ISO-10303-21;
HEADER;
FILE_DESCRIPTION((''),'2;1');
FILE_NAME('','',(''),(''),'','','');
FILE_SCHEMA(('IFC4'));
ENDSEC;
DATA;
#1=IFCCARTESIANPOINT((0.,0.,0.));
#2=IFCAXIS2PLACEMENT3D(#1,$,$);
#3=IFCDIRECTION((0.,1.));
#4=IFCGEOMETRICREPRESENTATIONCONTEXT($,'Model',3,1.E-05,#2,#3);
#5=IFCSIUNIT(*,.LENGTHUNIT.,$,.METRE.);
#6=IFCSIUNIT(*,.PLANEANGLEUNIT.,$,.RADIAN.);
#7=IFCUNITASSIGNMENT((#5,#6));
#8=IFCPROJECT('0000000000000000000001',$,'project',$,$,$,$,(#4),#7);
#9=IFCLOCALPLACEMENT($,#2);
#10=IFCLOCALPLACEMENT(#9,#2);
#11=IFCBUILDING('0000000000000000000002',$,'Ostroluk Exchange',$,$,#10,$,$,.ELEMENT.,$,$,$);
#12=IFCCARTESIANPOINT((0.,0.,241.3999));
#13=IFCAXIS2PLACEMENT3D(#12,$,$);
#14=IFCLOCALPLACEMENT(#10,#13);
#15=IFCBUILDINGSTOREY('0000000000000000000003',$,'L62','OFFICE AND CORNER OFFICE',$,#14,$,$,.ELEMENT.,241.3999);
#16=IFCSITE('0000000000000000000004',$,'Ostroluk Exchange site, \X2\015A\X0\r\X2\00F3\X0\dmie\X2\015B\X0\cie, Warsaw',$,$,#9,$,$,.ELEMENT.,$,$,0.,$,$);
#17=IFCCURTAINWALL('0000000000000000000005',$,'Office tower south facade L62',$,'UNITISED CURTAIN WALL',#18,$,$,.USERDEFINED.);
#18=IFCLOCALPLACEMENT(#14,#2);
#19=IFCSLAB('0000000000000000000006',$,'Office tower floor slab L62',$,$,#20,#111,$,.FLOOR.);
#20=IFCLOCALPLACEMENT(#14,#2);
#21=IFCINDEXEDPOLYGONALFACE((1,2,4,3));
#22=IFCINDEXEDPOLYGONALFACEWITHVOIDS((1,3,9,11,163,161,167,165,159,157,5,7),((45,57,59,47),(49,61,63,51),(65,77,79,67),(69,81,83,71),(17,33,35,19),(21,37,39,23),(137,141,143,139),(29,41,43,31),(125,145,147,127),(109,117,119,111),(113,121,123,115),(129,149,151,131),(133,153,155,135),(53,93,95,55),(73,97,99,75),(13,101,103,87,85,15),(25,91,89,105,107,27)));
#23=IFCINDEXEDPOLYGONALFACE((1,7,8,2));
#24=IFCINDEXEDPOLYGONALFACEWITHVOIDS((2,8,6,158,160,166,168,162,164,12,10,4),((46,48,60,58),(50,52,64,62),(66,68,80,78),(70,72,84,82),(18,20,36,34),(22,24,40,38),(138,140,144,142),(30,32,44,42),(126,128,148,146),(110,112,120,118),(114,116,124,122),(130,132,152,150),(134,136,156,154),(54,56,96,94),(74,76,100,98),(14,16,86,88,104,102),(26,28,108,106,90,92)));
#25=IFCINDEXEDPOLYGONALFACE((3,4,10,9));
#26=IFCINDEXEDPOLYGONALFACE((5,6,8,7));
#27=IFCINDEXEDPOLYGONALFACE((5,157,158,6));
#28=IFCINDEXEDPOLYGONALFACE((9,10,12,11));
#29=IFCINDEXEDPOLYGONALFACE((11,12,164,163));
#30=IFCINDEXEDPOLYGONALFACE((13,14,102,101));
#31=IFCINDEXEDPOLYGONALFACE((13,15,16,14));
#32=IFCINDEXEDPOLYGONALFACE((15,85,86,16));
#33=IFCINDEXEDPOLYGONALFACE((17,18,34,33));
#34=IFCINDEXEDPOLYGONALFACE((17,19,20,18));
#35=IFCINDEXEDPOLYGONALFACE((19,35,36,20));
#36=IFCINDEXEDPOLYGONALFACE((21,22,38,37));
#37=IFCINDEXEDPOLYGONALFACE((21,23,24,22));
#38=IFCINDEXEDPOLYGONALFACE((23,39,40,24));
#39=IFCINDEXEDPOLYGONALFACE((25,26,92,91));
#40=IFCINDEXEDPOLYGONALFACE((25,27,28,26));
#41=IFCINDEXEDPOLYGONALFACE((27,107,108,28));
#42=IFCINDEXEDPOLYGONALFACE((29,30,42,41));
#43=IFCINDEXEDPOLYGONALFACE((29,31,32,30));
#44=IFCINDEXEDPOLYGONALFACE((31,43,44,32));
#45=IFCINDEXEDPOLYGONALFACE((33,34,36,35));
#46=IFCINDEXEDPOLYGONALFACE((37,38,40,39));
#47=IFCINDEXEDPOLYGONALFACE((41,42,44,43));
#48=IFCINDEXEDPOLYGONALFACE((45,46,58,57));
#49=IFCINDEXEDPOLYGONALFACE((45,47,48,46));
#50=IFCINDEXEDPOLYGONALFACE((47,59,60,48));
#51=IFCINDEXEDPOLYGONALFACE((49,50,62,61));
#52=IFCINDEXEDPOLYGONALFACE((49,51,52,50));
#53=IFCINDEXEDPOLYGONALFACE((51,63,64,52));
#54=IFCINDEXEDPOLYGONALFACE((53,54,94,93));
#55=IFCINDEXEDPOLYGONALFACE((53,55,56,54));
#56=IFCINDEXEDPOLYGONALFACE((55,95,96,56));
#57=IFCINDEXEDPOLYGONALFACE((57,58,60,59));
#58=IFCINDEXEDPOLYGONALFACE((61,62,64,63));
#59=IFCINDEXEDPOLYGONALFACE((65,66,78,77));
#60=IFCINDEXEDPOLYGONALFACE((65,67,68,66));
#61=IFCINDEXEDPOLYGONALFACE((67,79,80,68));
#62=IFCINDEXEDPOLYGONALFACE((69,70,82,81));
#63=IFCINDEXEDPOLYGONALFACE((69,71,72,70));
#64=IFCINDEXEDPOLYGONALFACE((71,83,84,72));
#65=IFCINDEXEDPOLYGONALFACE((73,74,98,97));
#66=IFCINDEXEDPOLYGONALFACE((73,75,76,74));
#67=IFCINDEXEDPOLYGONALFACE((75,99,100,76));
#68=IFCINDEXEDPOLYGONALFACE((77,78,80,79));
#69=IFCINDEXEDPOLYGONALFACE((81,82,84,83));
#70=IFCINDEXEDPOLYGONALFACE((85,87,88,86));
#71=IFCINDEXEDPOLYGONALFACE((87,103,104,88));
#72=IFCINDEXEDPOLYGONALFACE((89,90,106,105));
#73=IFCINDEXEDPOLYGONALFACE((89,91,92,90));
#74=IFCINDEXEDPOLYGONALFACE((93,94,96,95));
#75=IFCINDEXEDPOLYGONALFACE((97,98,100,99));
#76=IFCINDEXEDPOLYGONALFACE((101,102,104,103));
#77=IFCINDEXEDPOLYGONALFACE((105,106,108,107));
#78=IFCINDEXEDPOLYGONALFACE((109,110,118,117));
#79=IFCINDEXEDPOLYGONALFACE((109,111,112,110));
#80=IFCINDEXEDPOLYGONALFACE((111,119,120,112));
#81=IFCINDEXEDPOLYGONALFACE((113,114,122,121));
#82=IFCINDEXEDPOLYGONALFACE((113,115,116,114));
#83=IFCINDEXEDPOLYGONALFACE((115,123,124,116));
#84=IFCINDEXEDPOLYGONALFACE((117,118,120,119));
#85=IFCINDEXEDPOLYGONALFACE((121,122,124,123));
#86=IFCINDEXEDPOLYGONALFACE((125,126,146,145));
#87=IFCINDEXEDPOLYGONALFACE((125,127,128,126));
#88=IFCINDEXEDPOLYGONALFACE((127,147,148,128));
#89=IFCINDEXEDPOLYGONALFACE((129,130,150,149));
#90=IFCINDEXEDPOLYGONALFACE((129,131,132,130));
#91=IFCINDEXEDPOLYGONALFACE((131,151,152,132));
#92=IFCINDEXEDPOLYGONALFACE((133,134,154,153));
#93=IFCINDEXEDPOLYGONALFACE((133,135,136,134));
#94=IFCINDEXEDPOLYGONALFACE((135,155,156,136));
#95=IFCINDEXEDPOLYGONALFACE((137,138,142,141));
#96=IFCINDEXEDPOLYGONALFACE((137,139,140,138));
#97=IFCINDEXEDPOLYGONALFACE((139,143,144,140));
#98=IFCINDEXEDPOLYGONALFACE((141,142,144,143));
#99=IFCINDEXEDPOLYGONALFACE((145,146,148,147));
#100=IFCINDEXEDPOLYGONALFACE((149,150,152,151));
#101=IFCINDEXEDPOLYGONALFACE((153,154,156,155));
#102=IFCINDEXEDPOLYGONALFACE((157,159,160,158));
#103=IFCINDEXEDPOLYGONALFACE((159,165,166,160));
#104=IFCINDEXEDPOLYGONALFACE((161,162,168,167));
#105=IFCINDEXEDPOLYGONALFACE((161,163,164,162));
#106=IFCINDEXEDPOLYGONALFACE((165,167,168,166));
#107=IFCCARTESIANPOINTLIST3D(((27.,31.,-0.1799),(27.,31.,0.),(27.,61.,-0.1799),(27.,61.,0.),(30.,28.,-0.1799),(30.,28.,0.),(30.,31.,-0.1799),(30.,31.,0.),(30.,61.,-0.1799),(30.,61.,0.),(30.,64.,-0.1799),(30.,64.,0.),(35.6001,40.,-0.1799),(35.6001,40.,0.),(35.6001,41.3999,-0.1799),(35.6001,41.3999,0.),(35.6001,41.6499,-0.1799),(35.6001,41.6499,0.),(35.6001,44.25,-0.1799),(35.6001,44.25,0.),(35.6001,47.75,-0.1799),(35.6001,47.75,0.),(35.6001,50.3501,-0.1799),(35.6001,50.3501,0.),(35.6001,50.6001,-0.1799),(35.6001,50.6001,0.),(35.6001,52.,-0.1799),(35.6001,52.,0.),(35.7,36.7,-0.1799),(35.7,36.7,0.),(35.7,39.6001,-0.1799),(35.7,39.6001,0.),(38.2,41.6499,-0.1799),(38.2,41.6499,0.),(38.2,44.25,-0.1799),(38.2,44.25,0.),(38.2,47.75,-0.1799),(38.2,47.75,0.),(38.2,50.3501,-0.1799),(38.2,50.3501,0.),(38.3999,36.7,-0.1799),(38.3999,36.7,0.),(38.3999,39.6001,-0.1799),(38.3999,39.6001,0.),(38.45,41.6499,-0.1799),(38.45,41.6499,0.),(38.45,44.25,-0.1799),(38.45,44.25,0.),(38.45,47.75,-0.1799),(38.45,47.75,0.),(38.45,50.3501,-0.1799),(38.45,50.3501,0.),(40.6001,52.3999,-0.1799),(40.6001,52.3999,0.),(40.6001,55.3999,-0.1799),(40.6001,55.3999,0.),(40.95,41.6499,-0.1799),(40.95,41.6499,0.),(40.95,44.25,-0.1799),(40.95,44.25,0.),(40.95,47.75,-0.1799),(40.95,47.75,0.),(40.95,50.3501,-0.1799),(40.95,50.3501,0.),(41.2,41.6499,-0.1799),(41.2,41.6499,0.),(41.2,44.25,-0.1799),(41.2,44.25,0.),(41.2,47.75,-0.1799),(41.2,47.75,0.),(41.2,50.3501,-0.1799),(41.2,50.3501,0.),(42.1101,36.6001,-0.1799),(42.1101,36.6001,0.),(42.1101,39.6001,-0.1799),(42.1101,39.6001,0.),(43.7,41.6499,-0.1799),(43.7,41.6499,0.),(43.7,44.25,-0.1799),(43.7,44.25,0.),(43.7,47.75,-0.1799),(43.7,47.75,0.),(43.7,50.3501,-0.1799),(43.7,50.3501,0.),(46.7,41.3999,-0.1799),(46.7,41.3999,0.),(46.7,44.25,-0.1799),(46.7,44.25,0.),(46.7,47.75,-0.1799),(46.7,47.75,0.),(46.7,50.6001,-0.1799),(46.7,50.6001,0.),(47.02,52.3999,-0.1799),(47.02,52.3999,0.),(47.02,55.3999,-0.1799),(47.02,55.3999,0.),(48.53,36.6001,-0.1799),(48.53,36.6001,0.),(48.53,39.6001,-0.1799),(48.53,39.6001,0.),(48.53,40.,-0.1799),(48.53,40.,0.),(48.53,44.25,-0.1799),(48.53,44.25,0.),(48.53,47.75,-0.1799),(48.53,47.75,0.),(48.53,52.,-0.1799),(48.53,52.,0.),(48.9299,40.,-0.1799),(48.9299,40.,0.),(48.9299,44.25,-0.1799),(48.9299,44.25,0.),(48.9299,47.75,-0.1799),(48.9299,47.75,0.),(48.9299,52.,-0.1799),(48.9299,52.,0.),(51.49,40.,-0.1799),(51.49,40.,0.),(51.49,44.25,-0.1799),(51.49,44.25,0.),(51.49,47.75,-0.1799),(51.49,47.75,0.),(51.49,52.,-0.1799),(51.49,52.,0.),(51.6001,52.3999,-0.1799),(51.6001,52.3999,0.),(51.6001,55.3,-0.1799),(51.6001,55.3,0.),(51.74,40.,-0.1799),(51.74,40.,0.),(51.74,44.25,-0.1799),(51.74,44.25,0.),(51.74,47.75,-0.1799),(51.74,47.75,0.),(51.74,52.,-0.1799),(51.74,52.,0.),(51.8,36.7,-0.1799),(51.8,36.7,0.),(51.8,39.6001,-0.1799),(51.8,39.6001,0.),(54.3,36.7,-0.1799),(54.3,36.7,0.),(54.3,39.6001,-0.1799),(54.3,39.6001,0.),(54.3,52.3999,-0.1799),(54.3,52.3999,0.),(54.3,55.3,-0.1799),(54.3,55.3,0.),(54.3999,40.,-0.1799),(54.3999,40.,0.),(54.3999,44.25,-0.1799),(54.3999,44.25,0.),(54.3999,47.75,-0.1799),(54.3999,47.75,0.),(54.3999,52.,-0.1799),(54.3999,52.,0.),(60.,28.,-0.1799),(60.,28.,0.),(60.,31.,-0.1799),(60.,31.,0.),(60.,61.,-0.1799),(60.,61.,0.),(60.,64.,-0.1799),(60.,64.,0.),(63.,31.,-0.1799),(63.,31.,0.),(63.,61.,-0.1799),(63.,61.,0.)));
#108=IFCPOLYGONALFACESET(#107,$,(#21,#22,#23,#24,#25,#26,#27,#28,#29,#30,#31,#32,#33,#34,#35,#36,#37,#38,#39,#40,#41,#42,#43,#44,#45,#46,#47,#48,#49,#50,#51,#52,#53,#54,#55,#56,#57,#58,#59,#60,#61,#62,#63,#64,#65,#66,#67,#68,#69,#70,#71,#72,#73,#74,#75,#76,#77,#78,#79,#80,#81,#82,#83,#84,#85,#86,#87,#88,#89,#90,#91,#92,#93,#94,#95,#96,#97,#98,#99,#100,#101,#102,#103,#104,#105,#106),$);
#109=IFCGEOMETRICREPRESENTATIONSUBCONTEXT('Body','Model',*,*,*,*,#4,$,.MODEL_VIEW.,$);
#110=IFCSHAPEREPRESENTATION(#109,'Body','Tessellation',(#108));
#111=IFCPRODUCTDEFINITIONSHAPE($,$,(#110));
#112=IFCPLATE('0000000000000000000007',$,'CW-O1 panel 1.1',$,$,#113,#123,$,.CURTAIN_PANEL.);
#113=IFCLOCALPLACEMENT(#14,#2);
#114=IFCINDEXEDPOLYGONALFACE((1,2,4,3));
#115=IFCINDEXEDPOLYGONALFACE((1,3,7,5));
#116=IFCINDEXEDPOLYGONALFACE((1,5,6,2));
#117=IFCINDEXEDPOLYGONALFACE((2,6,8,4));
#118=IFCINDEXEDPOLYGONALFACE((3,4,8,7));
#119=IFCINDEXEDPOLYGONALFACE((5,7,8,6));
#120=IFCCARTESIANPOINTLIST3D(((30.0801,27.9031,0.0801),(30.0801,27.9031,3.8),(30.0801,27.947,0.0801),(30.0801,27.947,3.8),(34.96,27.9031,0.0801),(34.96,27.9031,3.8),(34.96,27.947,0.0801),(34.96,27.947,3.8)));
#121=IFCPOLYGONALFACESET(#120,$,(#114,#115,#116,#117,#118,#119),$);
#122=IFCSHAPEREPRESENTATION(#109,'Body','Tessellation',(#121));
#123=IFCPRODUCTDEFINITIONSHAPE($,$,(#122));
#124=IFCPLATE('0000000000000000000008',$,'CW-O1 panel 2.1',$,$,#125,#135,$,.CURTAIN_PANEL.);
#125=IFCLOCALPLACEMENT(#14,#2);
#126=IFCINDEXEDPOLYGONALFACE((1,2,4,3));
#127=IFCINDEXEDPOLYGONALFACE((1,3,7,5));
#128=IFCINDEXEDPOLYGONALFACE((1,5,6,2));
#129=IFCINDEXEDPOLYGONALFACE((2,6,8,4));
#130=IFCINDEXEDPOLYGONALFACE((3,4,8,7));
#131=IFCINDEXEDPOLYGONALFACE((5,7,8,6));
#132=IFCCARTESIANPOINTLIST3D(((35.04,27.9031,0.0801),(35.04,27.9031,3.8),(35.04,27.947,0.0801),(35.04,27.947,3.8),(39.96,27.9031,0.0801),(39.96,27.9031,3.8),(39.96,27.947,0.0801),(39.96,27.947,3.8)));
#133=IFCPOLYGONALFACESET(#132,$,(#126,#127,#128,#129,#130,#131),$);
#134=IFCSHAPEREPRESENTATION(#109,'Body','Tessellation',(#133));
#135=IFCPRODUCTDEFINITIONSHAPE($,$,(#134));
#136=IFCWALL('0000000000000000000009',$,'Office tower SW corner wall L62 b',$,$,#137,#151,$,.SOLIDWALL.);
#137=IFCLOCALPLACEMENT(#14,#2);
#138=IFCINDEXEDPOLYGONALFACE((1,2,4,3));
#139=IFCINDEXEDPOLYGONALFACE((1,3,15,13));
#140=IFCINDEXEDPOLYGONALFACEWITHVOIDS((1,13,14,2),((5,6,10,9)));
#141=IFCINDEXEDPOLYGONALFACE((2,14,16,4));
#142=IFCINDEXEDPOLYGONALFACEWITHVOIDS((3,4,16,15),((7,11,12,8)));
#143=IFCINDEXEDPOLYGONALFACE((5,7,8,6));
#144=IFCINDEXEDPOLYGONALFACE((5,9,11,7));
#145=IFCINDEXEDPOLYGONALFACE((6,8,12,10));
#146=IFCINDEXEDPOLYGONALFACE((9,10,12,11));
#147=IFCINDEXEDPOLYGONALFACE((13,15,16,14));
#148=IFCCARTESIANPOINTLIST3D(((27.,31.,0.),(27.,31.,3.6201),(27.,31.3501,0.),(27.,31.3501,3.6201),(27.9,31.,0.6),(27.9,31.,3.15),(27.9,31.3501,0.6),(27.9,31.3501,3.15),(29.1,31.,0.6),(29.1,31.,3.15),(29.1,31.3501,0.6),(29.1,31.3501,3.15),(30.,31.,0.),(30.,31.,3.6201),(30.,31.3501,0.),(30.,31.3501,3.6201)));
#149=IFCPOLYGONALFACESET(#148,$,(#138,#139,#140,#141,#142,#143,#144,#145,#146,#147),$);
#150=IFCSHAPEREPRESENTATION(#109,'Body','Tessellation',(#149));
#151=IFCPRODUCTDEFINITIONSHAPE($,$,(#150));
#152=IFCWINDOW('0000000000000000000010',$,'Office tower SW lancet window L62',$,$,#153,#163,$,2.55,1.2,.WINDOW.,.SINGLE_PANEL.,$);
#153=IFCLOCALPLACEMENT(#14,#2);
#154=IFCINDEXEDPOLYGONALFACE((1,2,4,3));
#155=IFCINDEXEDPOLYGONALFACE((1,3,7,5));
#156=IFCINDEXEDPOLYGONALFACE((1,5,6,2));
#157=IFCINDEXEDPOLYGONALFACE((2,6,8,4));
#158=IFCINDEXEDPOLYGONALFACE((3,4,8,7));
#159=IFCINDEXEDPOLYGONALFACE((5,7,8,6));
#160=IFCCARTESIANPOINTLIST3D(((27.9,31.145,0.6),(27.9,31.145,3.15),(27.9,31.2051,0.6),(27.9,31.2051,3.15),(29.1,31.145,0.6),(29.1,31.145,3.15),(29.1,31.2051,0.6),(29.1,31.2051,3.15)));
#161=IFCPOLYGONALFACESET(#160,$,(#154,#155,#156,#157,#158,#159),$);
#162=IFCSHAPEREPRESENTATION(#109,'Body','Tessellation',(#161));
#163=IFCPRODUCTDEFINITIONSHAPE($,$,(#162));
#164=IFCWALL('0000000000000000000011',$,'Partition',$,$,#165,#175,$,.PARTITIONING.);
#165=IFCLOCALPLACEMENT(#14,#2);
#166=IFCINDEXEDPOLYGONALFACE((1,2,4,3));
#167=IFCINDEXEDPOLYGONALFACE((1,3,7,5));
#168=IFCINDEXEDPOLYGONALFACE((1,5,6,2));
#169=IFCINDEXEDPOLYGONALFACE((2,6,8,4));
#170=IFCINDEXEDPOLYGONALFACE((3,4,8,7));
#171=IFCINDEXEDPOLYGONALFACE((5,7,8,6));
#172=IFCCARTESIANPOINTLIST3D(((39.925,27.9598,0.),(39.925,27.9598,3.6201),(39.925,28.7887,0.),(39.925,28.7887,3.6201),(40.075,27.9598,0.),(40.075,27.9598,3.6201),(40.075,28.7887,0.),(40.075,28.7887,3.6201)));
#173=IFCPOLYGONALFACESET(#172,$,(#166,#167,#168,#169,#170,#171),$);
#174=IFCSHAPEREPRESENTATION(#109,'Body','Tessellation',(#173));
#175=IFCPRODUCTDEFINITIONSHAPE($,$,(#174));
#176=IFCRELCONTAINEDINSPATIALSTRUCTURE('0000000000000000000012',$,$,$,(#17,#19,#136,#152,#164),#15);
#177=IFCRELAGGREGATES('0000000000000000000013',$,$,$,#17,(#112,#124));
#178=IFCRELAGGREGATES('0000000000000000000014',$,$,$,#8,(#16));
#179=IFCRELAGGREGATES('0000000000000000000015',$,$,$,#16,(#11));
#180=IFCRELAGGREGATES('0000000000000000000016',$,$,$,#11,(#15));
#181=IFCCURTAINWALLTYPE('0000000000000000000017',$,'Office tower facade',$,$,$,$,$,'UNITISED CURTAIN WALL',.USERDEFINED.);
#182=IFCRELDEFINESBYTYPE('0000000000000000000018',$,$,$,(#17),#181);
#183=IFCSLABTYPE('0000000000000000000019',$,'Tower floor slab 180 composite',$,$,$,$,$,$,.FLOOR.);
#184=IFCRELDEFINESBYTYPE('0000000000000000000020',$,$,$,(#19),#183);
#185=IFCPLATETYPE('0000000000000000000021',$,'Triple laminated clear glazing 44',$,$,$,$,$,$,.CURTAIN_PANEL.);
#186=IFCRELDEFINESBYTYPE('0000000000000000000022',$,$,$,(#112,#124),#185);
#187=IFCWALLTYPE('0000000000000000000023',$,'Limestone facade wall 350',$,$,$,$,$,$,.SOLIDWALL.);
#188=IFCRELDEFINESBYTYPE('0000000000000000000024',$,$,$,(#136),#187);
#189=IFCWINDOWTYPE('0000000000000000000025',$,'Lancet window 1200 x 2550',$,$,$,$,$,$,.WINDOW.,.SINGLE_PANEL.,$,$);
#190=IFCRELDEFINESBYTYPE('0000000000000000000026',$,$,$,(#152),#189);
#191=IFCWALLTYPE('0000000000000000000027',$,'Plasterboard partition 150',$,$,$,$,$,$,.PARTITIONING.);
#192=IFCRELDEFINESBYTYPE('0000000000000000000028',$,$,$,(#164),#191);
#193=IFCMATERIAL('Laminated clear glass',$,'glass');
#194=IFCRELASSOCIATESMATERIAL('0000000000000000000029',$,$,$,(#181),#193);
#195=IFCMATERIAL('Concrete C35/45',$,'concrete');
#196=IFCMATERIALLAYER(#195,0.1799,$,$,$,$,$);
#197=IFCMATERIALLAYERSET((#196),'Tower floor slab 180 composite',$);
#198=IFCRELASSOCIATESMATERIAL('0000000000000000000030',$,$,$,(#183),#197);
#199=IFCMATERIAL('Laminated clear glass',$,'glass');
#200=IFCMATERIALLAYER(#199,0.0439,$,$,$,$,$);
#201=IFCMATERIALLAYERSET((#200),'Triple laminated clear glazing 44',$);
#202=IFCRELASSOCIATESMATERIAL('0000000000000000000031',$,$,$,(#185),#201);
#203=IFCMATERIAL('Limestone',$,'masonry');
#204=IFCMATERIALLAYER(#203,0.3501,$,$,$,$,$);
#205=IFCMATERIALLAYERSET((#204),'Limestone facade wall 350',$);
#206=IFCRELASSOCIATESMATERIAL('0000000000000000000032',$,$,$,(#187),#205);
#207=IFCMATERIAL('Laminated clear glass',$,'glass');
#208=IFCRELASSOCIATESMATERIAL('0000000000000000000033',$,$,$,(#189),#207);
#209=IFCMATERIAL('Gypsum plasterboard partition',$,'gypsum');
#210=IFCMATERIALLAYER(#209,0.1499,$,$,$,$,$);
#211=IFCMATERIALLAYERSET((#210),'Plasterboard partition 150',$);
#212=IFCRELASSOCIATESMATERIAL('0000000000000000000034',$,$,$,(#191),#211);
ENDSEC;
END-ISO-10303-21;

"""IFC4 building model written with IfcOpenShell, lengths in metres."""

from ifc_helpers import new_model, si_unit, direction, frame, frame_2d, origin, origin_2d, place, context, subcontext, project, spatial, polyline, rectangle, outline, extrude, material, layer, layer_set, type_object, element, fill, aggregate, save


model = new_model("IFC4")

# Units and contexts
model_context = context("Model", 3, precision=1e-05, world=origin(), true_north=direction((0.0, 1.0)))
body_context = subcontext(model_context, "Body", "Model", "MODEL_VIEW")
ifc_project = project(units=[si_unit("LENGTHUNIT", "METRE"), si_unit("PLANEANGLEUNIT", "RADIAN")], contexts=[model_context])

# Site, building, storey
site_placement = place(None, origin())
site = spatial("IfcSite", under=ifc_project, at=site_placement, Name="Ostroluk Exchange site, Śródmieście, Warsaw", CompositionType="ELEMENT", RefElevation=0.0)
building_placement = place(site_placement, origin())
building = spatial("IfcBuilding", under=site, at=building_placement, Name="Ostroluk Exchange", CompositionType="ELEMENT")
storey_placement = place(building_placement, frame((0.0, 0.0, 241.3999)))
storey = spatial("IfcBuildingStorey", under=building, at=storey_placement, Name="L62", Description="OFFICE AND CORNER OFFICE", CompositionType="ELEMENT", Elevation=241.3999)

# Curtain wall
ifc_material_1 = material(Name="Laminated clear glass", Category="glass")
curtain_wall_type = type_object("IfcCurtainWallType", Name="Office tower facade", ElementType="UNITISED CURTAIN WALL", PredefinedType="USERDEFINED", material=ifc_material_1)
curtain_wall_1_placement = place(storey_placement, origin())
curtain_wall_1 = element("IfcCurtainWall", 1, at=curtain_wall_1_placement, inside=storey, type_object=curtain_wall_type, Name="Office tower south facade L62", ObjectType="UNITISED CURTAIN WALL", PredefinedType="USERDEFINED")

# Slab
ifc_material_2 = material(Name="Concrete C35/45", Category="concrete")
ifc_layer_1 = layer(ifc_material_2, 0.1799)
ifc_layer_set_1 = layer_set([ifc_layer_1], Name="Tower floor slab 180 composite")
slab_type_1 = type_object("IfcSlabType", Name="Tower floor slab 180 composite", PredefinedType="FLOOR", material=ifc_layer_set_1)
slab_1_placement = place(storey_placement, frame((0.0, 0.0, -0.1799)))
element("IfcSlab", 2, at=slab_1_placement, inside=storey, type_object=slab_type_1, Name="Office tower floor slab L62", PredefinedType="FLOOR", context=body_context, shape_type="SweptSolid", body=[
    extrude(outline(polyline([(30.0, 28.0), (60.0, 28.0), (60.0, 31.0), (63.0, 31.0), (63.0, 61.0), (60.0, 61.0), (60.0, 64.0), (30.0, 64.0), (30.0, 61.0), (27.0, 61.0), (27.0, 31.0), (30.0, 31.0), (30.0, 28.0)]), holes=[polyline([(35.7, 36.7), (38.3999, 36.7), (38.3999, 39.6001), (35.7, 39.6001), (35.7, 36.7)]), polyline([(42.1101, 36.6001), (48.53, 36.6001), (48.53, 39.6001), (42.1101, 39.6001), (42.1101, 36.6001)]), polyline([(51.8, 36.7), (54.3, 36.7), (54.3, 39.6001), (51.8, 39.6001), (51.8, 36.7)]), polyline([(40.6001, 52.3999), (47.02, 52.3999), (47.02, 55.3999), (40.6001, 55.3999), (40.6001, 52.3999)]), polyline([(51.6001, 52.3999), (54.3, 52.3999), (54.3, 55.3), (51.6001, 55.3), (51.6001, 52.3999)]), polyline([(35.6001, 47.75), (38.2, 47.75), (38.2, 50.3501), (35.6001, 50.3501), (35.6001, 47.75)]), polyline([(38.45, 47.75), (40.95, 47.75), (40.95, 50.3501), (38.45, 50.3501), (38.45, 47.75)]), polyline([(41.2, 47.75), (43.7, 47.75), (43.7, 50.3501), (41.2, 50.3501), (41.2, 47.75)]), polyline([(35.6001, 41.6499), (38.2, 41.6499), (38.2, 44.25), (35.6001, 44.25), (35.6001, 41.6499)]), polyline([(38.45, 41.6499), (40.95, 41.6499), (40.95, 44.25), (38.45, 44.25), (38.45, 41.6499)]), polyline([(41.2, 41.6499), (43.7, 41.6499), (43.7, 44.25), (41.2, 44.25), (41.2, 41.6499)]), polyline([(48.9299, 47.75), (51.49, 47.75), (51.49, 52.0), (48.9299, 52.0), (48.9299, 47.75)]), polyline([(51.74, 47.75), (54.3999, 47.75), (54.3999, 52.0), (51.74, 52.0), (51.74, 47.75)]), polyline([(48.9299, 40.0), (51.49, 40.0), (51.49, 44.25), (48.9299, 44.25), (48.9299, 40.0)]), polyline([(51.74, 40.0), (54.3999, 40.0), (54.3999, 44.25), (51.74, 44.25), (51.74, 40.0)]), polyline([(48.53, 52.0), (48.53, 47.75), (46.7, 47.75), (46.7, 50.6001), (35.6001, 50.6001), (35.6001, 52.0), (48.53, 52.0)]), polyline([(35.6001, 40.0), (35.6001, 41.3999), (46.7, 41.3999), (46.7, 44.25), (48.53, 44.25), (48.53, 40.0), (35.6001, 40.0)])]), origin(), (0.0, 0.0, 1.0), 0.1799),
])

# Plates
ifc_material_3 = material(Name="Laminated clear glass", Category="glass")
ifc_layer_2 = layer(ifc_material_3, 0.0439)
ifc_layer_set_2 = layer_set([ifc_layer_2], Name="Triple laminated clear glazing 44")
plate_type_1 = type_object("IfcPlateType", Name="Triple laminated clear glazing 44", PredefinedType="CURTAIN_PANEL", material=ifc_layer_set_2)
plate_1_placement = place(storey_placement, frame((32.52, 27.925, 0.0801), z_axis=(0.0, 0.0, 1.0), x_axis=(1.0, 0.0, 0.0)))
plate_1 = element("IfcPlate", 3, at=plate_1_placement, type_object=plate_type_1, Name="CW-O1 panel 1.1", PredefinedType="CURTAIN_PANEL", context=body_context, shape_type="SweptSolid", body=[
    extrude(rectangle(XDim=4.8799, YDim=0.0439, at=origin_2d()), origin(), (0.0, 0.0, 1.0), 3.72),
])
plate_2_placement = place(storey_placement, frame((37.5, 27.925, 0.0801), z_axis=(0.0, 0.0, 1.0), x_axis=(1.0, 0.0, 0.0)))
plate_2 = element("IfcPlate", 4, at=plate_2_placement, type_object=plate_type_1, Name="CW-O1 panel 2.1", PredefinedType="CURTAIN_PANEL", context=body_context, shape_type="SweptSolid", body=[
    extrude(rectangle(XDim=4.9199, YDim=0.0439, at=origin_2d()), origin(), (0.0, 0.0, 1.0), 3.72),
])
aggregate(curtain_wall_1, [plate_1, plate_2])

# Shared definitions
ifc_material_4 = material(Name="Limestone", Category="masonry")
ifc_layer_3 = layer(ifc_material_4, 0.3501)
ifc_layer_set_3 = layer_set([ifc_layer_3], Name="Limestone facade wall 350")
wall_type_1 = type_object("IfcWallType", Name="Limestone facade wall 350", PredefinedType="SOLIDWALL", material=ifc_layer_set_3)

# Wall, opening, window
wall_1_placement = place(storey_placement, frame((30.0, 31.175, 0.0), z_axis=(0.0, 0.0, 1.0), x_axis=(-1.0, 0.0, 0.0)))
wall_1 = element("IfcWall", 5, at=wall_1_placement, inside=storey, type_object=wall_type_1, Name="Office tower SW corner wall L62 b", PredefinedType="SOLIDWALL", context=body_context, shape_type="SweptSolid", body=[
    extrude(rectangle(XDim=3.0, YDim=0.3501, at=frame_2d((1.5, 0.0))), origin(), (0.0, 0.0, 1.0), 3.6201),
])
opening_1_placement = place(wall_1_placement, frame((0.8999, 0.0, 0.6001)))
opening_1 = element("IfcOpeningElement", 6, at=opening_1_placement, cuts=wall_1, PredefinedType="OPENING", context=body_context, shape_type="SweptSolid", body=[
    extrude(rectangle(XDim=1.2, YDim=2.55, at=frame_2d((0.6001, 1.2749))), frame((0.0, 0.1851, 0.0), z_axis=(0.0, -1.0, 0.0), x_axis=(1.0, 0.0, 0.0)), (0.0, 0.0, 1.0), 0.3701),
])
ifc_material_5 = material(Name="Laminated clear glass", Category="glass")
window_type = type_object("IfcWindowType", Name="Lancet window 1200 x 2550", PartitioningType="SINGLE_PANEL", PredefinedType="WINDOW", material=ifc_material_5)
window_placement = place(opening_1_placement, origin())
window = element("IfcWindow", 7, at=window_placement, inside=storey, type_object=window_type, Name="Office tower SW lancet window L62", OverallHeight=2.55, OverallWidth=1.2, PartitioningType="SINGLE_PANEL", PredefinedType="WINDOW", context=body_context, shape_type="SweptSolid", body=[
    extrude(rectangle(XDim=1.2, YDim=2.55, at=frame_2d((0.6001, 1.2749))), frame((0.0, 0.03, 0.0), z_axis=(0.0, -1.0, 0.0), x_axis=(1.0, 0.0, 0.0)), (0.0, 0.0, 1.0), 0.0601),
])
fill(opening_1, window)

# Wall
ifc_material_6 = material(Name="Gypsum plasterboard partition", Category="gypsum")
ifc_layer_4 = layer(ifc_material_6, 0.1499)
ifc_layer_set_4 = layer_set([ifc_layer_4], Name="Plasterboard partition 150")
wall_type_2 = type_object("IfcWallType", Name="Plasterboard partition 150", PredefinedType="PARTITIONING", material=ifc_layer_set_4)
wall_2_placement = place(storey_placement, frame((40.0, 28.7888, 0.0), z_axis=(0.0, 0.0, 1.0), x_axis=(0.0, -1.0, 0.0)))
element("IfcWall", 8, at=wall_2_placement, inside=storey, type_object=wall_type_2, Name="Partition", PredefinedType="PARTITIONING", context=body_context, shape_type="SweptSolid", body=[
    extrude(rectangle(XDim=0.8289, YDim=0.1499, at=frame_2d((0.4146, 0.0))), origin(), (0.0, 0.0, 1.0), 3.6201),
])

save(model, "model.ifc")
